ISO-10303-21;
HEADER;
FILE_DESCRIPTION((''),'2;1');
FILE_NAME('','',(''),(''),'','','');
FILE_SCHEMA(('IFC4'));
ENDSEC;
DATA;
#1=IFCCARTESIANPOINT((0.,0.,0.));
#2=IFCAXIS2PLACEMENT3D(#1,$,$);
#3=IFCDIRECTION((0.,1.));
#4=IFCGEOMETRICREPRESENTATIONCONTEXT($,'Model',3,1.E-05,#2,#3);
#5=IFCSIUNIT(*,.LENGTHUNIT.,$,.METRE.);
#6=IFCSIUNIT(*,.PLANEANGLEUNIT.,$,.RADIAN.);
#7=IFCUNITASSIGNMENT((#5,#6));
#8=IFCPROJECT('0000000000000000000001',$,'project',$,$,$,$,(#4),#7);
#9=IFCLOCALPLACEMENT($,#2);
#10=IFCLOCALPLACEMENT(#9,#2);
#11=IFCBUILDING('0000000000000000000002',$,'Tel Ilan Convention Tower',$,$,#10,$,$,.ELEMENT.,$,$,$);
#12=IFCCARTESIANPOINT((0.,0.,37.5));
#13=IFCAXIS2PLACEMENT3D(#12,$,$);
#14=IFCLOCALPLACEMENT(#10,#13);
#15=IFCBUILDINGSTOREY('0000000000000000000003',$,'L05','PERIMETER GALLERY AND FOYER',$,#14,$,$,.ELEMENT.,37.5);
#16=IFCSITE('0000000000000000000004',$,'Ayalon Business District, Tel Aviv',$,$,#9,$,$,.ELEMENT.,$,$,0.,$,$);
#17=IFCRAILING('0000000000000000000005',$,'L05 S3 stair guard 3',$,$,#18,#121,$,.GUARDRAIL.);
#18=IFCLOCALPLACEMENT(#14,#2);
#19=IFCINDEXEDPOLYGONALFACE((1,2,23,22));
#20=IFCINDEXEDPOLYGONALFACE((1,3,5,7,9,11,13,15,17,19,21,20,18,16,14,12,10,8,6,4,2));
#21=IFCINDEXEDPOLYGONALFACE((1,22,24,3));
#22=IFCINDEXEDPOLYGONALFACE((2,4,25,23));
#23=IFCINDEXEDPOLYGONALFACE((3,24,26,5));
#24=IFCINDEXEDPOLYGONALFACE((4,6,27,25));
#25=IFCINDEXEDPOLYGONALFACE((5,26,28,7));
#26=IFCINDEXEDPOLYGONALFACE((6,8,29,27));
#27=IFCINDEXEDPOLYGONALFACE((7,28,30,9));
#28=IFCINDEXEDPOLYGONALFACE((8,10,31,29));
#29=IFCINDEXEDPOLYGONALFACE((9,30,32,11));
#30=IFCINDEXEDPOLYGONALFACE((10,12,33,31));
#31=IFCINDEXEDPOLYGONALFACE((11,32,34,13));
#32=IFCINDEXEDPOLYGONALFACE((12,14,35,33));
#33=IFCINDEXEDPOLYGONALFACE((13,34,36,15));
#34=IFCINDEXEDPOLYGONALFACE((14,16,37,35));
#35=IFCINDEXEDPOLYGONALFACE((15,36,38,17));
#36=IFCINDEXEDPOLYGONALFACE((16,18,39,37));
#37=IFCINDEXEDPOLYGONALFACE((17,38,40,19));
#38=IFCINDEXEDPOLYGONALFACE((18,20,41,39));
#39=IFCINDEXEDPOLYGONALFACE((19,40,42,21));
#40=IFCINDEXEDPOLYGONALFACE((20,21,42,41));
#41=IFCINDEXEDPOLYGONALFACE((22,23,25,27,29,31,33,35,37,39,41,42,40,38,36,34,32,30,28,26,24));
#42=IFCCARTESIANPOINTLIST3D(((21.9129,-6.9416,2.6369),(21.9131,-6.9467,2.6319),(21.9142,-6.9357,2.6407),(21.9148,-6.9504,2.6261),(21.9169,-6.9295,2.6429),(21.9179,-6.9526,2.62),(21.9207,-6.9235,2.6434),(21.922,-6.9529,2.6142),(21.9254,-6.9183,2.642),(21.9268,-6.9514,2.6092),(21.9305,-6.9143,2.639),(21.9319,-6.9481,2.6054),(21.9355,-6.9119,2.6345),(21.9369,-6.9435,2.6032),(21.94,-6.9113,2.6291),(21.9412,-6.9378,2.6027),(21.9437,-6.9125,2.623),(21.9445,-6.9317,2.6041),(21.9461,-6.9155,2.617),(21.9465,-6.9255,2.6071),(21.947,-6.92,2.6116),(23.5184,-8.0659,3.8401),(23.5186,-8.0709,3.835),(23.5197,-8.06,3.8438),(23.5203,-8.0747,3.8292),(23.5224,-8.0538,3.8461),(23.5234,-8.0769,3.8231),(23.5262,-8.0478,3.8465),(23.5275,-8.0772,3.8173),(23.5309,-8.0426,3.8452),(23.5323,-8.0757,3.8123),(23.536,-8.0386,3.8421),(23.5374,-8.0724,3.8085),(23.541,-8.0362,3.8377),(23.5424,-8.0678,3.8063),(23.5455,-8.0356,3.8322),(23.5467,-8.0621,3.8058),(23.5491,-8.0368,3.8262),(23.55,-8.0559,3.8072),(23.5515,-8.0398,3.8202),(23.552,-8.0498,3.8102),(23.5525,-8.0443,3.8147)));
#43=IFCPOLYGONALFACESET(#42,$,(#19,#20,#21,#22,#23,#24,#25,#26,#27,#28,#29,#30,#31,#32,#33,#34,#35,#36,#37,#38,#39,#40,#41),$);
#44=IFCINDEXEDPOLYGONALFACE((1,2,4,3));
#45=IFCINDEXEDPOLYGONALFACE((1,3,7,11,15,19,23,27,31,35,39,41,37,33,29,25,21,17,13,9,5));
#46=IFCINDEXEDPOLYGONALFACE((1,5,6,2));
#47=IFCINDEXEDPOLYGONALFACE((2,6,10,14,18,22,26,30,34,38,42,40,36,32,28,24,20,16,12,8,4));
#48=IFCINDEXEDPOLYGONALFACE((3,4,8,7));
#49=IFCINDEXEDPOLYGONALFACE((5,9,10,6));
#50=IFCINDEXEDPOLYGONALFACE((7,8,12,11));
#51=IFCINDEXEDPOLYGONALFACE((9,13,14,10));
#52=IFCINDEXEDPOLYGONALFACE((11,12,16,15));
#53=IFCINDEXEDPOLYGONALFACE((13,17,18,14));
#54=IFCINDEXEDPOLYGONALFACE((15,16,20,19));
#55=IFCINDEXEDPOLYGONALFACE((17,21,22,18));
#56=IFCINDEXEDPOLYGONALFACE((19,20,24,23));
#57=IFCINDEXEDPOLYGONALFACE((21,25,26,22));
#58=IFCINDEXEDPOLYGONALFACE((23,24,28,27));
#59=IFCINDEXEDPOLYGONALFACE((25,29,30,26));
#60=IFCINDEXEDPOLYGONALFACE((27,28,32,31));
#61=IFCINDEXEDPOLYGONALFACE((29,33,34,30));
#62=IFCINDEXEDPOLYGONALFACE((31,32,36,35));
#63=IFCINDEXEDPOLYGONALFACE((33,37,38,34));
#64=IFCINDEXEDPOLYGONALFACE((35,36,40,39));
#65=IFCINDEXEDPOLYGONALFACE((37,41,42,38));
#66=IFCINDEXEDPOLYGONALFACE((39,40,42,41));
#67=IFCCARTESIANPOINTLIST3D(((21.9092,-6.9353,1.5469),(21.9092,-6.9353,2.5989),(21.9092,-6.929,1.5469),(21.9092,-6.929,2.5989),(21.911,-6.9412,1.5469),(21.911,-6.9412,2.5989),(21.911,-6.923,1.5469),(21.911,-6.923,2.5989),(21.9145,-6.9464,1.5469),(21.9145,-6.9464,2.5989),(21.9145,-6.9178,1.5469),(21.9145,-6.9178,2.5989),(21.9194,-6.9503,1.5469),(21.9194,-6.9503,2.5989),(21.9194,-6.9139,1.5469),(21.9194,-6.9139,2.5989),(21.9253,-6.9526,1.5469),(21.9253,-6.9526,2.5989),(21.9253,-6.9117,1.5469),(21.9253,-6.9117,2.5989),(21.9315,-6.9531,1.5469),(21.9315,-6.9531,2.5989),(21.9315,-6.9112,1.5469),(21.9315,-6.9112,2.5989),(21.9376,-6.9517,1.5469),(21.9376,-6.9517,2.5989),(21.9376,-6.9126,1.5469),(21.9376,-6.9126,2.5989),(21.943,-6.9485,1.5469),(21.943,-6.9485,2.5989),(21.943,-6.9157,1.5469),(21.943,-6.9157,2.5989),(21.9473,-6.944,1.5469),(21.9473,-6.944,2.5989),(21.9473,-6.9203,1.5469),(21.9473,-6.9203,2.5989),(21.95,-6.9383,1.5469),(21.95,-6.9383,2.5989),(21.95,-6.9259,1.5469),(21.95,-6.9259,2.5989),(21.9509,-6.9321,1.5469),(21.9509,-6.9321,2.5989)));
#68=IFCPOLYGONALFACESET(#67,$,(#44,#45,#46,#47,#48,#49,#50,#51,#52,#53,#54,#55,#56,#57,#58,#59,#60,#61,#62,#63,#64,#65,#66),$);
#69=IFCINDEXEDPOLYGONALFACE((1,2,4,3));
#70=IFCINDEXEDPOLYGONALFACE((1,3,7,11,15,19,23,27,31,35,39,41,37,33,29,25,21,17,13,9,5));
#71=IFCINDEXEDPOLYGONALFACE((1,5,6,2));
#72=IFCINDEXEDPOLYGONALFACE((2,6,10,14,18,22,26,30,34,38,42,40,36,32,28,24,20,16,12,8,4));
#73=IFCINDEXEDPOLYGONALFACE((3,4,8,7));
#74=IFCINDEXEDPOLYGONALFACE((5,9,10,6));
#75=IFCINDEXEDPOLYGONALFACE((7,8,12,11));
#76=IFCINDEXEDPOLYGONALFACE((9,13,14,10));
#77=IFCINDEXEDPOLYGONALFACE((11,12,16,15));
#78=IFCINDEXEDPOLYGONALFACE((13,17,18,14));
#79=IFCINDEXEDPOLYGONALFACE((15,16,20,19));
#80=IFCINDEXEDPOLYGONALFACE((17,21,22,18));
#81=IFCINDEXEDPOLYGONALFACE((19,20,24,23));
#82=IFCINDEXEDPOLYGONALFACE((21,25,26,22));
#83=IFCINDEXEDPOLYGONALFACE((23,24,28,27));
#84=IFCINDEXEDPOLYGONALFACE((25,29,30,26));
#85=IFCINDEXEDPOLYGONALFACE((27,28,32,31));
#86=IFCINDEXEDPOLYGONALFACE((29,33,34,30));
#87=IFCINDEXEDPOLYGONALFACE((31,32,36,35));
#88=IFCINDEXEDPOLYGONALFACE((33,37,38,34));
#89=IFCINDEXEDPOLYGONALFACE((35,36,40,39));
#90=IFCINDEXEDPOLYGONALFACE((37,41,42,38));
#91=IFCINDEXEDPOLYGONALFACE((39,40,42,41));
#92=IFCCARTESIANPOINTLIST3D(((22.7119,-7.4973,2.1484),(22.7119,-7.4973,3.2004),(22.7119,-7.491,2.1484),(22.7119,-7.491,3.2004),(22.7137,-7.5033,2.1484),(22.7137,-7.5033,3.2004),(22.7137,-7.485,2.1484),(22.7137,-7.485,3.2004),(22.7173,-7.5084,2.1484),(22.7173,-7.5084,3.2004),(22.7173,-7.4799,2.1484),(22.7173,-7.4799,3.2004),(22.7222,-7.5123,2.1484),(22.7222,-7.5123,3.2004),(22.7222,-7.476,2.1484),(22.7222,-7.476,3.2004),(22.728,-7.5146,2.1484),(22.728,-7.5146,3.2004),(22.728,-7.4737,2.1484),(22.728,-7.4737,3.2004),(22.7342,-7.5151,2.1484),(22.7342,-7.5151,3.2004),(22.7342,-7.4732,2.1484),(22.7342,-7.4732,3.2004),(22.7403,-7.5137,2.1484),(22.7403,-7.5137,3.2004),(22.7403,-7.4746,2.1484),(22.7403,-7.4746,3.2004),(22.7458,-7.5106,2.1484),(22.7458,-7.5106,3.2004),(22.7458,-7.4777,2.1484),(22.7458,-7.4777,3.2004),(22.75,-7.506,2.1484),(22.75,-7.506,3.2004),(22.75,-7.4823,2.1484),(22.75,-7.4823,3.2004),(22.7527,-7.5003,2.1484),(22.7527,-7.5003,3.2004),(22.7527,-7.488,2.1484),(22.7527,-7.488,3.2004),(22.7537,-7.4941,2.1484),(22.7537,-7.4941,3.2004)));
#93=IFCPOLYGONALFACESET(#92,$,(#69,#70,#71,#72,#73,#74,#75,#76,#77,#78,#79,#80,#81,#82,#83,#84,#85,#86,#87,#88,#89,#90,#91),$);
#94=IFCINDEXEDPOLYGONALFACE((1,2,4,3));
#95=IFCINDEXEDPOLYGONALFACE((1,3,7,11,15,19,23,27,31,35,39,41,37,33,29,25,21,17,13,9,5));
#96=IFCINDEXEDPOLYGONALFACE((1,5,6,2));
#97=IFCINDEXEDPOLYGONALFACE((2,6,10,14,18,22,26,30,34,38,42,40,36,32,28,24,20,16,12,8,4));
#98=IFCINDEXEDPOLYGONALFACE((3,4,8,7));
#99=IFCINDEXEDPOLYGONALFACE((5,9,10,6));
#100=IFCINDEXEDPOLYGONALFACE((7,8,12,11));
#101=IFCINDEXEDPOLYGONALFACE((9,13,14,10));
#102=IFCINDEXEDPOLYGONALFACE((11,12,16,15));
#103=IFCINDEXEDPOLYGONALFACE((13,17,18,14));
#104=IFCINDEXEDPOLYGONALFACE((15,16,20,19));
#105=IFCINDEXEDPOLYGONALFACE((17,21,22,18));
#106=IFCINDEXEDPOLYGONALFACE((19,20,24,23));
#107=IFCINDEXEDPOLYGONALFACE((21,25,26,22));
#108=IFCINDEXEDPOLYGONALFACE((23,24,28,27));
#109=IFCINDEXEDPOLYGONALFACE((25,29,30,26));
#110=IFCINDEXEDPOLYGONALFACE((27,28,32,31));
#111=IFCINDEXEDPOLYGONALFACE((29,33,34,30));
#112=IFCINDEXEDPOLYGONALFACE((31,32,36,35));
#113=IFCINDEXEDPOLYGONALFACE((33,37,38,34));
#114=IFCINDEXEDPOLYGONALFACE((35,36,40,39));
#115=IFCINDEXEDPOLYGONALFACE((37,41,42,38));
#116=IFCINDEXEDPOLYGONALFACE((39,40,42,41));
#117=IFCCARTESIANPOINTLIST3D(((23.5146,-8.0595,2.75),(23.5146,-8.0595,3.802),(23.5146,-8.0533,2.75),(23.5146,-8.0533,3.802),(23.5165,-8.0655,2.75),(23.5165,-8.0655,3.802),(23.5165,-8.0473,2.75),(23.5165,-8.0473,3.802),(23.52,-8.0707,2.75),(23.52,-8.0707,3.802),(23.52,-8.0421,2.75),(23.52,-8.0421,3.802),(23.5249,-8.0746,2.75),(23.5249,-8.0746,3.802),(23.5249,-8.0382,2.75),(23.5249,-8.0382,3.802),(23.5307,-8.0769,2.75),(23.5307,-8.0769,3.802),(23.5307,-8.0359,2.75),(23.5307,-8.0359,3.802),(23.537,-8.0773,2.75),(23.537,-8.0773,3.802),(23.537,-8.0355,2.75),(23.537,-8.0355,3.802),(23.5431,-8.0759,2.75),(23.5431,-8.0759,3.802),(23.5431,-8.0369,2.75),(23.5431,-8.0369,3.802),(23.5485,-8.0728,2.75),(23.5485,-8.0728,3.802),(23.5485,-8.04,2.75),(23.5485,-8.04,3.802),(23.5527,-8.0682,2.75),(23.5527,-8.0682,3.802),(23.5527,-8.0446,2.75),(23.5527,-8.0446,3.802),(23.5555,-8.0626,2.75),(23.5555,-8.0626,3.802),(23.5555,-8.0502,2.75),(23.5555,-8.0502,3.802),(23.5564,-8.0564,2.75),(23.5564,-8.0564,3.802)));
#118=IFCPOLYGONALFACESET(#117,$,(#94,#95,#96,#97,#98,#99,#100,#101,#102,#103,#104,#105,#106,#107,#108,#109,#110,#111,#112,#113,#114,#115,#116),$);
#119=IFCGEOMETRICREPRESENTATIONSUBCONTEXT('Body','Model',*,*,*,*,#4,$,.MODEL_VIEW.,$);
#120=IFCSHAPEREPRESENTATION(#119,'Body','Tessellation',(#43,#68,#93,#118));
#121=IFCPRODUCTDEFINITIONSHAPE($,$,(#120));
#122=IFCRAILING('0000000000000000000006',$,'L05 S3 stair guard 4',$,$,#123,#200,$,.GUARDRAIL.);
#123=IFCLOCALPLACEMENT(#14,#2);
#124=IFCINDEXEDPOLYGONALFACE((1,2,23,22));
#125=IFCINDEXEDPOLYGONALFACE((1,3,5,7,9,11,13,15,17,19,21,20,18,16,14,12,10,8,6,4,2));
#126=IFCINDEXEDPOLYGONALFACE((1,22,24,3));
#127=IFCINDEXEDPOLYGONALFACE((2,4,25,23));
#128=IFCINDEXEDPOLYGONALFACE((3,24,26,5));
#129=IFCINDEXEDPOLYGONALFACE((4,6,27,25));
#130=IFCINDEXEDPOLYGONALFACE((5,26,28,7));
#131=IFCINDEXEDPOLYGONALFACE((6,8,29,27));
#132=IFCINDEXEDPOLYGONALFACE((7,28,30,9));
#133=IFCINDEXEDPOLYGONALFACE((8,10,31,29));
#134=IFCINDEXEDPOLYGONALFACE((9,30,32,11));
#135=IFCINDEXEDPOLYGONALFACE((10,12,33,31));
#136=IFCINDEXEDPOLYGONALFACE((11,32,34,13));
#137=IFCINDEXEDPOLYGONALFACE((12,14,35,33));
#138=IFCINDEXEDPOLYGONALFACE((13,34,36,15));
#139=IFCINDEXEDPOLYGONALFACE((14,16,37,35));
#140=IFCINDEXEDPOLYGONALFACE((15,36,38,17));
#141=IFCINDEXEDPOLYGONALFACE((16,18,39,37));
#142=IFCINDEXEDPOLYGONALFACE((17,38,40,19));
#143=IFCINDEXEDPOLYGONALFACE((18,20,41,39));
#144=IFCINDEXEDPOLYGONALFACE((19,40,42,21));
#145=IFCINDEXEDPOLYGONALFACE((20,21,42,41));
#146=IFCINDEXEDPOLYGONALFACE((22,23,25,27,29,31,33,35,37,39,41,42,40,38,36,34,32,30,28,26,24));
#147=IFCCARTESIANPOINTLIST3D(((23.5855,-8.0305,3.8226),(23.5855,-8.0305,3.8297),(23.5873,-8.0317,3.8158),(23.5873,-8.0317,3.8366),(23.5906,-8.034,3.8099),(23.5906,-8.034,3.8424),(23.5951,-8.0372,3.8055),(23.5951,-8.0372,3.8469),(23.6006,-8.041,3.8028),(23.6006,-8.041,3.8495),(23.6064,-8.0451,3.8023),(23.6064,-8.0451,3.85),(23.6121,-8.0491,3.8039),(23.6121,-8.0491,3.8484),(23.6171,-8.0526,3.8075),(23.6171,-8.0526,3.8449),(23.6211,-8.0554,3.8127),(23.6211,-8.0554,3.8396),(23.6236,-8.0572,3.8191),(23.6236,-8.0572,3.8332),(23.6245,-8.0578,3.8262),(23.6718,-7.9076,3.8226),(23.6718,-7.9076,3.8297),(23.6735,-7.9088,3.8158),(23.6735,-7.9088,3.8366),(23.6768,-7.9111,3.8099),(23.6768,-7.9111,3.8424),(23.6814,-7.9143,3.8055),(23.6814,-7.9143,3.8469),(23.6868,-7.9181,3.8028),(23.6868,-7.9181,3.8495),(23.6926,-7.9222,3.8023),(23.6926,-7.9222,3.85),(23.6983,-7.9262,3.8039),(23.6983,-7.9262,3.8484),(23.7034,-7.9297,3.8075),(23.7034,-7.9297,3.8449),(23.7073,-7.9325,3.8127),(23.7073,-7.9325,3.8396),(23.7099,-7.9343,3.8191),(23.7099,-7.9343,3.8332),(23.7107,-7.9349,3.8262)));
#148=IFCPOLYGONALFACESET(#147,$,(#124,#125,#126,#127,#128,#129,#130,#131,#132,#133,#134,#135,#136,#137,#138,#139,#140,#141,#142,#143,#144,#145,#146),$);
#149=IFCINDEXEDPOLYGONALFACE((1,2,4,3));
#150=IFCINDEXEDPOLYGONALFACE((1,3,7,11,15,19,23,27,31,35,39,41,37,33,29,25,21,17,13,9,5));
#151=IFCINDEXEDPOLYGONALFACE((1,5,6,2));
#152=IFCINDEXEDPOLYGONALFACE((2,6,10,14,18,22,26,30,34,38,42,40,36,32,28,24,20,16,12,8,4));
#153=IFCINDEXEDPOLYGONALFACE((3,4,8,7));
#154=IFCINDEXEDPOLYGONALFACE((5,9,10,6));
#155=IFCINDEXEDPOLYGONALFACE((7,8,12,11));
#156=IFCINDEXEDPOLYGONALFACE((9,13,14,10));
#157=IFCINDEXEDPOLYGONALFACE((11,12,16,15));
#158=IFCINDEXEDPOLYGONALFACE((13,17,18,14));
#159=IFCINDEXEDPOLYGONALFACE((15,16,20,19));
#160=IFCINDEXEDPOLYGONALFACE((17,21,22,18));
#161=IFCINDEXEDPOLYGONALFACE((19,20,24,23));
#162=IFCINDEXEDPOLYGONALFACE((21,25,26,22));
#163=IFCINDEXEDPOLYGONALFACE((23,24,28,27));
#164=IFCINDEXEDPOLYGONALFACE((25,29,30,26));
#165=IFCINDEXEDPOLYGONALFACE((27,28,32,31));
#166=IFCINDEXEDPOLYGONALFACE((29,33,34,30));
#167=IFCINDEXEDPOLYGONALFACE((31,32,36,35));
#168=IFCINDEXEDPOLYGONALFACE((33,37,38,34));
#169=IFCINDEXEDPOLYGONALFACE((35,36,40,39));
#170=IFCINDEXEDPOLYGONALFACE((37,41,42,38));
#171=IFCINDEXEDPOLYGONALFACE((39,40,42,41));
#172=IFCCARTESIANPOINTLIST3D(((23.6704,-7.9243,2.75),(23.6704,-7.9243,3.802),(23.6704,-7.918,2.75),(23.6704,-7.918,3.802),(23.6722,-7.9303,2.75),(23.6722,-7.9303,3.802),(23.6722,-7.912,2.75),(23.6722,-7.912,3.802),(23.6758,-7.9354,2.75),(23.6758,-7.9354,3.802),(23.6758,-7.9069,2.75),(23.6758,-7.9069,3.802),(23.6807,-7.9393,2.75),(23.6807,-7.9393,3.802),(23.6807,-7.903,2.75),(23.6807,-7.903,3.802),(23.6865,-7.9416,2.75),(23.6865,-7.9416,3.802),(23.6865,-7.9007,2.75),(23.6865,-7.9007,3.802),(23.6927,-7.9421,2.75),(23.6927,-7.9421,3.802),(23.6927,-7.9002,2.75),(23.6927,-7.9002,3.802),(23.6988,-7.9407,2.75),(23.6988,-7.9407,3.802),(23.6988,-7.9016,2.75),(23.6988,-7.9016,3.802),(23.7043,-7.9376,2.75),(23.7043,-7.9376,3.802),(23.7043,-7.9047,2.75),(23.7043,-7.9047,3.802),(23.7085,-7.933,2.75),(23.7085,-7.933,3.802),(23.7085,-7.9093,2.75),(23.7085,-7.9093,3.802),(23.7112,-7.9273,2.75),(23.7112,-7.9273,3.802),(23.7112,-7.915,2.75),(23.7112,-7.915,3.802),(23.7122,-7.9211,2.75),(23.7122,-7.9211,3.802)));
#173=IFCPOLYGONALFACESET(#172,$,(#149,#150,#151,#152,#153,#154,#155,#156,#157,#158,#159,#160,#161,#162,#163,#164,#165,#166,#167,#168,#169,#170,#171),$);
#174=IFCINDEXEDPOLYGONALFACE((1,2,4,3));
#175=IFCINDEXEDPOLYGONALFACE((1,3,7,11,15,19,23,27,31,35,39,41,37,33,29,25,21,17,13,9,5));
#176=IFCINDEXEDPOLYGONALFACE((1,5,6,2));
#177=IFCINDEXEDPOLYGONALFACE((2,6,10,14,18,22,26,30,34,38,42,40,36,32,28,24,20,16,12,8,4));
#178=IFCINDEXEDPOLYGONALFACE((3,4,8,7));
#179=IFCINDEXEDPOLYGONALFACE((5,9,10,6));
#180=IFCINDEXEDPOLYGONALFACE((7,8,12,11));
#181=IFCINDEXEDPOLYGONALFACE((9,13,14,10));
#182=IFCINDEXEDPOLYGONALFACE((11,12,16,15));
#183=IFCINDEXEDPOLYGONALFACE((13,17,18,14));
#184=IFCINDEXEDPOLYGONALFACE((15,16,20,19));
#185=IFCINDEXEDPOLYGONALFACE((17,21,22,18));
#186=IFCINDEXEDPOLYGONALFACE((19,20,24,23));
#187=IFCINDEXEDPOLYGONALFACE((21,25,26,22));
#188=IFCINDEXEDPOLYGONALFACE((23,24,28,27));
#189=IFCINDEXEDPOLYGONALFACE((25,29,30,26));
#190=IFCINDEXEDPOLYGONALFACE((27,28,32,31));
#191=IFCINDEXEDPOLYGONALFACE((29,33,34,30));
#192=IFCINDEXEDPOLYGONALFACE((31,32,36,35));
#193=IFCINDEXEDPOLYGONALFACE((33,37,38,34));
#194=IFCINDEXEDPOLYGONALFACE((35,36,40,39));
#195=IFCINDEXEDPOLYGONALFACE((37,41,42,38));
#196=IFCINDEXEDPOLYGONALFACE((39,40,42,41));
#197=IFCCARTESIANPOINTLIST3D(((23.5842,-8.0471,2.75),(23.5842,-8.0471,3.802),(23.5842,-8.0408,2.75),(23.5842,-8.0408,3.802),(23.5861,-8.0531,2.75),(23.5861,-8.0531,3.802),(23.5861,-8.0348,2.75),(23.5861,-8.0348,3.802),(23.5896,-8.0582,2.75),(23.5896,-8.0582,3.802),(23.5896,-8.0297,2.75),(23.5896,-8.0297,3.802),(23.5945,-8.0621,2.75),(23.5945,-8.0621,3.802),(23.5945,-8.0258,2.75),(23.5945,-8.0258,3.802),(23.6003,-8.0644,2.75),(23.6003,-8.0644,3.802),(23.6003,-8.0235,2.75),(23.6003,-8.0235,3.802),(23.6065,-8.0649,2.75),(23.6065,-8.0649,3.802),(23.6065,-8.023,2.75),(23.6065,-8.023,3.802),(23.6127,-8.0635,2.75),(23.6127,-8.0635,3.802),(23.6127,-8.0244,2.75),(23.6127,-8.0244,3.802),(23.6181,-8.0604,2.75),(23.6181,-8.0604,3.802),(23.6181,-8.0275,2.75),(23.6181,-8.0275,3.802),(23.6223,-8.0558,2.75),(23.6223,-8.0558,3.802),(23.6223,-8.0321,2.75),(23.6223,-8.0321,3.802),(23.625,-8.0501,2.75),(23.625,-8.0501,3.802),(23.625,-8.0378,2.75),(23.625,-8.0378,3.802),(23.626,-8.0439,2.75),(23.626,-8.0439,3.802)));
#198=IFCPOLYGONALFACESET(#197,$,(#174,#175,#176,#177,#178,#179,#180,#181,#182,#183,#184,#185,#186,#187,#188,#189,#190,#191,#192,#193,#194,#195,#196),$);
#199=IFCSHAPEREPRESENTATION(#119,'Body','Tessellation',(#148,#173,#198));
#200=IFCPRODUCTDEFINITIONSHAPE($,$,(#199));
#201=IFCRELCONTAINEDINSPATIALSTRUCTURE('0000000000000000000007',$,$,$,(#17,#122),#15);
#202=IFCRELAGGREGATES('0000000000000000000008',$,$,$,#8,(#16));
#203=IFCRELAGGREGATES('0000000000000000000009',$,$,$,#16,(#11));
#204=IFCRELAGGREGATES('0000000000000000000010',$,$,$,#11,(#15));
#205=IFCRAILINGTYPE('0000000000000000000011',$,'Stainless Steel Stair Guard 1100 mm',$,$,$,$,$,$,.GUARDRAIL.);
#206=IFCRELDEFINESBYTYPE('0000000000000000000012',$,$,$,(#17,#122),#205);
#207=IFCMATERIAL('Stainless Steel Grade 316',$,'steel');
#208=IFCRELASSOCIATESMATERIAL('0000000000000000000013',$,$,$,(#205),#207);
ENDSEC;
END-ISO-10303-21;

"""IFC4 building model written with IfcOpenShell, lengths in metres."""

from ifc_helpers import new_model, si_unit, direction, frame, origin, origin_2d, place, context, subcontext, project, spatial, circle, extrude, material, type_object, element, save


model = new_model("IFC4")

# Units and contexts
model_context = context("Model", 3, precision=1e-05, world=origin(), true_north=direction((0.0, 1.0)))
body_context = subcontext(model_context, "Body", "Model", "MODEL_VIEW")
ifc_project = project(units=[si_unit("LENGTHUNIT", "METRE"), si_unit("PLANEANGLEUNIT", "RADIAN")], contexts=[model_context])

# Site, building, storey
site_placement = place(None, origin())
site = spatial("IfcSite", under=ifc_project, at=site_placement, Name="Ayalon Business District, Tel Aviv", CompositionType="ELEMENT", RefElevation=0.0)
building_placement = place(site_placement, origin())
building = spatial("IfcBuilding", under=site, at=building_placement, Name="Tel Ilan Convention Tower", CompositionType="ELEMENT")
storey_placement = place(building_placement, frame((0.0, 0.0, 37.5)))
storey = spatial("IfcBuildingStorey", under=building, at=storey_placement, Name="L05", Description="PERIMETER GALLERY AND FOYER", CompositionType="ELEMENT", Elevation=37.5)

# Railings
ifc_material_1 = material(Name="Stainless Steel Grade 316", Category="steel")
railing_type_1 = type_object("IfcRailingType", Name="Stainless Steel Stair Guard 1100 mm", PredefinedType="GUARDRAIL", material=ifc_material_1)
railing_1_placement = place(storey_placement, frame((21.9299, -6.9321, 1.5469)))
element("IfcRailing", 1, at=railing_1_placement, inside=storey, type_object=railing_type_1, Name="L05 S3 stair guard 3", PredefinedType="GUARDRAIL", context=body_context, shape_type="SweptSolid", body=[
    extrude(circle(Radius=0.0239, at=origin_2d()), frame((0.0, 0.0, 1.0762), z_axis=(0.698095, -0.488857, 0.523146), x_axis=(0.573613, 0.819127, 0.0)), (0.0, 0.0, 1.0), 2.2998),
    extrude(circle(Radius=0.021, at=origin_2d()), origin(), (0.0, 0.0, 1.0), 1.052),
    extrude(circle(Radius=0.021, at=origin_2d()), frame((0.8027, -0.562, 0.6016)), (0.0, 0.0, 1.0), 1.052),
    extrude(circle(Radius=0.021, at=origin_2d()), frame((1.6055, -1.1243, 1.2031)), (0.0, 0.0, 1.0), 1.052),
])
railing_2_placement = place(storey_placement, frame((23.6912, -7.9211, 2.75)))
element("IfcRailing", 2, at=railing_2_placement, inside=storey, type_object=railing_type_1, Name="L05 S3 stair guard 4", PredefinedType="GUARDRAIL", context=body_context, shape_type="SweptSolid", body=[
    extrude(circle(Radius=0.0239, at=origin_2d()), frame((0.0, 0.0, 1.0762), z_axis=(-0.574445, -0.818543, 0.0), x_axis=(0.818543, -0.574445, 0.0)), (0.0, 0.0, 1.0), 0.1501),
    extrude(circle(Radius=0.021, at=origin_2d()), origin(), (0.0, 0.0, 1.0), 1.052),
    extrude(circle(Radius=0.021, at=origin_2d()), frame((-0.0862, -0.1228, 0.0)), (0.0, 0.0, 1.0), 1.052),
])

save(model, "model.ifc")
